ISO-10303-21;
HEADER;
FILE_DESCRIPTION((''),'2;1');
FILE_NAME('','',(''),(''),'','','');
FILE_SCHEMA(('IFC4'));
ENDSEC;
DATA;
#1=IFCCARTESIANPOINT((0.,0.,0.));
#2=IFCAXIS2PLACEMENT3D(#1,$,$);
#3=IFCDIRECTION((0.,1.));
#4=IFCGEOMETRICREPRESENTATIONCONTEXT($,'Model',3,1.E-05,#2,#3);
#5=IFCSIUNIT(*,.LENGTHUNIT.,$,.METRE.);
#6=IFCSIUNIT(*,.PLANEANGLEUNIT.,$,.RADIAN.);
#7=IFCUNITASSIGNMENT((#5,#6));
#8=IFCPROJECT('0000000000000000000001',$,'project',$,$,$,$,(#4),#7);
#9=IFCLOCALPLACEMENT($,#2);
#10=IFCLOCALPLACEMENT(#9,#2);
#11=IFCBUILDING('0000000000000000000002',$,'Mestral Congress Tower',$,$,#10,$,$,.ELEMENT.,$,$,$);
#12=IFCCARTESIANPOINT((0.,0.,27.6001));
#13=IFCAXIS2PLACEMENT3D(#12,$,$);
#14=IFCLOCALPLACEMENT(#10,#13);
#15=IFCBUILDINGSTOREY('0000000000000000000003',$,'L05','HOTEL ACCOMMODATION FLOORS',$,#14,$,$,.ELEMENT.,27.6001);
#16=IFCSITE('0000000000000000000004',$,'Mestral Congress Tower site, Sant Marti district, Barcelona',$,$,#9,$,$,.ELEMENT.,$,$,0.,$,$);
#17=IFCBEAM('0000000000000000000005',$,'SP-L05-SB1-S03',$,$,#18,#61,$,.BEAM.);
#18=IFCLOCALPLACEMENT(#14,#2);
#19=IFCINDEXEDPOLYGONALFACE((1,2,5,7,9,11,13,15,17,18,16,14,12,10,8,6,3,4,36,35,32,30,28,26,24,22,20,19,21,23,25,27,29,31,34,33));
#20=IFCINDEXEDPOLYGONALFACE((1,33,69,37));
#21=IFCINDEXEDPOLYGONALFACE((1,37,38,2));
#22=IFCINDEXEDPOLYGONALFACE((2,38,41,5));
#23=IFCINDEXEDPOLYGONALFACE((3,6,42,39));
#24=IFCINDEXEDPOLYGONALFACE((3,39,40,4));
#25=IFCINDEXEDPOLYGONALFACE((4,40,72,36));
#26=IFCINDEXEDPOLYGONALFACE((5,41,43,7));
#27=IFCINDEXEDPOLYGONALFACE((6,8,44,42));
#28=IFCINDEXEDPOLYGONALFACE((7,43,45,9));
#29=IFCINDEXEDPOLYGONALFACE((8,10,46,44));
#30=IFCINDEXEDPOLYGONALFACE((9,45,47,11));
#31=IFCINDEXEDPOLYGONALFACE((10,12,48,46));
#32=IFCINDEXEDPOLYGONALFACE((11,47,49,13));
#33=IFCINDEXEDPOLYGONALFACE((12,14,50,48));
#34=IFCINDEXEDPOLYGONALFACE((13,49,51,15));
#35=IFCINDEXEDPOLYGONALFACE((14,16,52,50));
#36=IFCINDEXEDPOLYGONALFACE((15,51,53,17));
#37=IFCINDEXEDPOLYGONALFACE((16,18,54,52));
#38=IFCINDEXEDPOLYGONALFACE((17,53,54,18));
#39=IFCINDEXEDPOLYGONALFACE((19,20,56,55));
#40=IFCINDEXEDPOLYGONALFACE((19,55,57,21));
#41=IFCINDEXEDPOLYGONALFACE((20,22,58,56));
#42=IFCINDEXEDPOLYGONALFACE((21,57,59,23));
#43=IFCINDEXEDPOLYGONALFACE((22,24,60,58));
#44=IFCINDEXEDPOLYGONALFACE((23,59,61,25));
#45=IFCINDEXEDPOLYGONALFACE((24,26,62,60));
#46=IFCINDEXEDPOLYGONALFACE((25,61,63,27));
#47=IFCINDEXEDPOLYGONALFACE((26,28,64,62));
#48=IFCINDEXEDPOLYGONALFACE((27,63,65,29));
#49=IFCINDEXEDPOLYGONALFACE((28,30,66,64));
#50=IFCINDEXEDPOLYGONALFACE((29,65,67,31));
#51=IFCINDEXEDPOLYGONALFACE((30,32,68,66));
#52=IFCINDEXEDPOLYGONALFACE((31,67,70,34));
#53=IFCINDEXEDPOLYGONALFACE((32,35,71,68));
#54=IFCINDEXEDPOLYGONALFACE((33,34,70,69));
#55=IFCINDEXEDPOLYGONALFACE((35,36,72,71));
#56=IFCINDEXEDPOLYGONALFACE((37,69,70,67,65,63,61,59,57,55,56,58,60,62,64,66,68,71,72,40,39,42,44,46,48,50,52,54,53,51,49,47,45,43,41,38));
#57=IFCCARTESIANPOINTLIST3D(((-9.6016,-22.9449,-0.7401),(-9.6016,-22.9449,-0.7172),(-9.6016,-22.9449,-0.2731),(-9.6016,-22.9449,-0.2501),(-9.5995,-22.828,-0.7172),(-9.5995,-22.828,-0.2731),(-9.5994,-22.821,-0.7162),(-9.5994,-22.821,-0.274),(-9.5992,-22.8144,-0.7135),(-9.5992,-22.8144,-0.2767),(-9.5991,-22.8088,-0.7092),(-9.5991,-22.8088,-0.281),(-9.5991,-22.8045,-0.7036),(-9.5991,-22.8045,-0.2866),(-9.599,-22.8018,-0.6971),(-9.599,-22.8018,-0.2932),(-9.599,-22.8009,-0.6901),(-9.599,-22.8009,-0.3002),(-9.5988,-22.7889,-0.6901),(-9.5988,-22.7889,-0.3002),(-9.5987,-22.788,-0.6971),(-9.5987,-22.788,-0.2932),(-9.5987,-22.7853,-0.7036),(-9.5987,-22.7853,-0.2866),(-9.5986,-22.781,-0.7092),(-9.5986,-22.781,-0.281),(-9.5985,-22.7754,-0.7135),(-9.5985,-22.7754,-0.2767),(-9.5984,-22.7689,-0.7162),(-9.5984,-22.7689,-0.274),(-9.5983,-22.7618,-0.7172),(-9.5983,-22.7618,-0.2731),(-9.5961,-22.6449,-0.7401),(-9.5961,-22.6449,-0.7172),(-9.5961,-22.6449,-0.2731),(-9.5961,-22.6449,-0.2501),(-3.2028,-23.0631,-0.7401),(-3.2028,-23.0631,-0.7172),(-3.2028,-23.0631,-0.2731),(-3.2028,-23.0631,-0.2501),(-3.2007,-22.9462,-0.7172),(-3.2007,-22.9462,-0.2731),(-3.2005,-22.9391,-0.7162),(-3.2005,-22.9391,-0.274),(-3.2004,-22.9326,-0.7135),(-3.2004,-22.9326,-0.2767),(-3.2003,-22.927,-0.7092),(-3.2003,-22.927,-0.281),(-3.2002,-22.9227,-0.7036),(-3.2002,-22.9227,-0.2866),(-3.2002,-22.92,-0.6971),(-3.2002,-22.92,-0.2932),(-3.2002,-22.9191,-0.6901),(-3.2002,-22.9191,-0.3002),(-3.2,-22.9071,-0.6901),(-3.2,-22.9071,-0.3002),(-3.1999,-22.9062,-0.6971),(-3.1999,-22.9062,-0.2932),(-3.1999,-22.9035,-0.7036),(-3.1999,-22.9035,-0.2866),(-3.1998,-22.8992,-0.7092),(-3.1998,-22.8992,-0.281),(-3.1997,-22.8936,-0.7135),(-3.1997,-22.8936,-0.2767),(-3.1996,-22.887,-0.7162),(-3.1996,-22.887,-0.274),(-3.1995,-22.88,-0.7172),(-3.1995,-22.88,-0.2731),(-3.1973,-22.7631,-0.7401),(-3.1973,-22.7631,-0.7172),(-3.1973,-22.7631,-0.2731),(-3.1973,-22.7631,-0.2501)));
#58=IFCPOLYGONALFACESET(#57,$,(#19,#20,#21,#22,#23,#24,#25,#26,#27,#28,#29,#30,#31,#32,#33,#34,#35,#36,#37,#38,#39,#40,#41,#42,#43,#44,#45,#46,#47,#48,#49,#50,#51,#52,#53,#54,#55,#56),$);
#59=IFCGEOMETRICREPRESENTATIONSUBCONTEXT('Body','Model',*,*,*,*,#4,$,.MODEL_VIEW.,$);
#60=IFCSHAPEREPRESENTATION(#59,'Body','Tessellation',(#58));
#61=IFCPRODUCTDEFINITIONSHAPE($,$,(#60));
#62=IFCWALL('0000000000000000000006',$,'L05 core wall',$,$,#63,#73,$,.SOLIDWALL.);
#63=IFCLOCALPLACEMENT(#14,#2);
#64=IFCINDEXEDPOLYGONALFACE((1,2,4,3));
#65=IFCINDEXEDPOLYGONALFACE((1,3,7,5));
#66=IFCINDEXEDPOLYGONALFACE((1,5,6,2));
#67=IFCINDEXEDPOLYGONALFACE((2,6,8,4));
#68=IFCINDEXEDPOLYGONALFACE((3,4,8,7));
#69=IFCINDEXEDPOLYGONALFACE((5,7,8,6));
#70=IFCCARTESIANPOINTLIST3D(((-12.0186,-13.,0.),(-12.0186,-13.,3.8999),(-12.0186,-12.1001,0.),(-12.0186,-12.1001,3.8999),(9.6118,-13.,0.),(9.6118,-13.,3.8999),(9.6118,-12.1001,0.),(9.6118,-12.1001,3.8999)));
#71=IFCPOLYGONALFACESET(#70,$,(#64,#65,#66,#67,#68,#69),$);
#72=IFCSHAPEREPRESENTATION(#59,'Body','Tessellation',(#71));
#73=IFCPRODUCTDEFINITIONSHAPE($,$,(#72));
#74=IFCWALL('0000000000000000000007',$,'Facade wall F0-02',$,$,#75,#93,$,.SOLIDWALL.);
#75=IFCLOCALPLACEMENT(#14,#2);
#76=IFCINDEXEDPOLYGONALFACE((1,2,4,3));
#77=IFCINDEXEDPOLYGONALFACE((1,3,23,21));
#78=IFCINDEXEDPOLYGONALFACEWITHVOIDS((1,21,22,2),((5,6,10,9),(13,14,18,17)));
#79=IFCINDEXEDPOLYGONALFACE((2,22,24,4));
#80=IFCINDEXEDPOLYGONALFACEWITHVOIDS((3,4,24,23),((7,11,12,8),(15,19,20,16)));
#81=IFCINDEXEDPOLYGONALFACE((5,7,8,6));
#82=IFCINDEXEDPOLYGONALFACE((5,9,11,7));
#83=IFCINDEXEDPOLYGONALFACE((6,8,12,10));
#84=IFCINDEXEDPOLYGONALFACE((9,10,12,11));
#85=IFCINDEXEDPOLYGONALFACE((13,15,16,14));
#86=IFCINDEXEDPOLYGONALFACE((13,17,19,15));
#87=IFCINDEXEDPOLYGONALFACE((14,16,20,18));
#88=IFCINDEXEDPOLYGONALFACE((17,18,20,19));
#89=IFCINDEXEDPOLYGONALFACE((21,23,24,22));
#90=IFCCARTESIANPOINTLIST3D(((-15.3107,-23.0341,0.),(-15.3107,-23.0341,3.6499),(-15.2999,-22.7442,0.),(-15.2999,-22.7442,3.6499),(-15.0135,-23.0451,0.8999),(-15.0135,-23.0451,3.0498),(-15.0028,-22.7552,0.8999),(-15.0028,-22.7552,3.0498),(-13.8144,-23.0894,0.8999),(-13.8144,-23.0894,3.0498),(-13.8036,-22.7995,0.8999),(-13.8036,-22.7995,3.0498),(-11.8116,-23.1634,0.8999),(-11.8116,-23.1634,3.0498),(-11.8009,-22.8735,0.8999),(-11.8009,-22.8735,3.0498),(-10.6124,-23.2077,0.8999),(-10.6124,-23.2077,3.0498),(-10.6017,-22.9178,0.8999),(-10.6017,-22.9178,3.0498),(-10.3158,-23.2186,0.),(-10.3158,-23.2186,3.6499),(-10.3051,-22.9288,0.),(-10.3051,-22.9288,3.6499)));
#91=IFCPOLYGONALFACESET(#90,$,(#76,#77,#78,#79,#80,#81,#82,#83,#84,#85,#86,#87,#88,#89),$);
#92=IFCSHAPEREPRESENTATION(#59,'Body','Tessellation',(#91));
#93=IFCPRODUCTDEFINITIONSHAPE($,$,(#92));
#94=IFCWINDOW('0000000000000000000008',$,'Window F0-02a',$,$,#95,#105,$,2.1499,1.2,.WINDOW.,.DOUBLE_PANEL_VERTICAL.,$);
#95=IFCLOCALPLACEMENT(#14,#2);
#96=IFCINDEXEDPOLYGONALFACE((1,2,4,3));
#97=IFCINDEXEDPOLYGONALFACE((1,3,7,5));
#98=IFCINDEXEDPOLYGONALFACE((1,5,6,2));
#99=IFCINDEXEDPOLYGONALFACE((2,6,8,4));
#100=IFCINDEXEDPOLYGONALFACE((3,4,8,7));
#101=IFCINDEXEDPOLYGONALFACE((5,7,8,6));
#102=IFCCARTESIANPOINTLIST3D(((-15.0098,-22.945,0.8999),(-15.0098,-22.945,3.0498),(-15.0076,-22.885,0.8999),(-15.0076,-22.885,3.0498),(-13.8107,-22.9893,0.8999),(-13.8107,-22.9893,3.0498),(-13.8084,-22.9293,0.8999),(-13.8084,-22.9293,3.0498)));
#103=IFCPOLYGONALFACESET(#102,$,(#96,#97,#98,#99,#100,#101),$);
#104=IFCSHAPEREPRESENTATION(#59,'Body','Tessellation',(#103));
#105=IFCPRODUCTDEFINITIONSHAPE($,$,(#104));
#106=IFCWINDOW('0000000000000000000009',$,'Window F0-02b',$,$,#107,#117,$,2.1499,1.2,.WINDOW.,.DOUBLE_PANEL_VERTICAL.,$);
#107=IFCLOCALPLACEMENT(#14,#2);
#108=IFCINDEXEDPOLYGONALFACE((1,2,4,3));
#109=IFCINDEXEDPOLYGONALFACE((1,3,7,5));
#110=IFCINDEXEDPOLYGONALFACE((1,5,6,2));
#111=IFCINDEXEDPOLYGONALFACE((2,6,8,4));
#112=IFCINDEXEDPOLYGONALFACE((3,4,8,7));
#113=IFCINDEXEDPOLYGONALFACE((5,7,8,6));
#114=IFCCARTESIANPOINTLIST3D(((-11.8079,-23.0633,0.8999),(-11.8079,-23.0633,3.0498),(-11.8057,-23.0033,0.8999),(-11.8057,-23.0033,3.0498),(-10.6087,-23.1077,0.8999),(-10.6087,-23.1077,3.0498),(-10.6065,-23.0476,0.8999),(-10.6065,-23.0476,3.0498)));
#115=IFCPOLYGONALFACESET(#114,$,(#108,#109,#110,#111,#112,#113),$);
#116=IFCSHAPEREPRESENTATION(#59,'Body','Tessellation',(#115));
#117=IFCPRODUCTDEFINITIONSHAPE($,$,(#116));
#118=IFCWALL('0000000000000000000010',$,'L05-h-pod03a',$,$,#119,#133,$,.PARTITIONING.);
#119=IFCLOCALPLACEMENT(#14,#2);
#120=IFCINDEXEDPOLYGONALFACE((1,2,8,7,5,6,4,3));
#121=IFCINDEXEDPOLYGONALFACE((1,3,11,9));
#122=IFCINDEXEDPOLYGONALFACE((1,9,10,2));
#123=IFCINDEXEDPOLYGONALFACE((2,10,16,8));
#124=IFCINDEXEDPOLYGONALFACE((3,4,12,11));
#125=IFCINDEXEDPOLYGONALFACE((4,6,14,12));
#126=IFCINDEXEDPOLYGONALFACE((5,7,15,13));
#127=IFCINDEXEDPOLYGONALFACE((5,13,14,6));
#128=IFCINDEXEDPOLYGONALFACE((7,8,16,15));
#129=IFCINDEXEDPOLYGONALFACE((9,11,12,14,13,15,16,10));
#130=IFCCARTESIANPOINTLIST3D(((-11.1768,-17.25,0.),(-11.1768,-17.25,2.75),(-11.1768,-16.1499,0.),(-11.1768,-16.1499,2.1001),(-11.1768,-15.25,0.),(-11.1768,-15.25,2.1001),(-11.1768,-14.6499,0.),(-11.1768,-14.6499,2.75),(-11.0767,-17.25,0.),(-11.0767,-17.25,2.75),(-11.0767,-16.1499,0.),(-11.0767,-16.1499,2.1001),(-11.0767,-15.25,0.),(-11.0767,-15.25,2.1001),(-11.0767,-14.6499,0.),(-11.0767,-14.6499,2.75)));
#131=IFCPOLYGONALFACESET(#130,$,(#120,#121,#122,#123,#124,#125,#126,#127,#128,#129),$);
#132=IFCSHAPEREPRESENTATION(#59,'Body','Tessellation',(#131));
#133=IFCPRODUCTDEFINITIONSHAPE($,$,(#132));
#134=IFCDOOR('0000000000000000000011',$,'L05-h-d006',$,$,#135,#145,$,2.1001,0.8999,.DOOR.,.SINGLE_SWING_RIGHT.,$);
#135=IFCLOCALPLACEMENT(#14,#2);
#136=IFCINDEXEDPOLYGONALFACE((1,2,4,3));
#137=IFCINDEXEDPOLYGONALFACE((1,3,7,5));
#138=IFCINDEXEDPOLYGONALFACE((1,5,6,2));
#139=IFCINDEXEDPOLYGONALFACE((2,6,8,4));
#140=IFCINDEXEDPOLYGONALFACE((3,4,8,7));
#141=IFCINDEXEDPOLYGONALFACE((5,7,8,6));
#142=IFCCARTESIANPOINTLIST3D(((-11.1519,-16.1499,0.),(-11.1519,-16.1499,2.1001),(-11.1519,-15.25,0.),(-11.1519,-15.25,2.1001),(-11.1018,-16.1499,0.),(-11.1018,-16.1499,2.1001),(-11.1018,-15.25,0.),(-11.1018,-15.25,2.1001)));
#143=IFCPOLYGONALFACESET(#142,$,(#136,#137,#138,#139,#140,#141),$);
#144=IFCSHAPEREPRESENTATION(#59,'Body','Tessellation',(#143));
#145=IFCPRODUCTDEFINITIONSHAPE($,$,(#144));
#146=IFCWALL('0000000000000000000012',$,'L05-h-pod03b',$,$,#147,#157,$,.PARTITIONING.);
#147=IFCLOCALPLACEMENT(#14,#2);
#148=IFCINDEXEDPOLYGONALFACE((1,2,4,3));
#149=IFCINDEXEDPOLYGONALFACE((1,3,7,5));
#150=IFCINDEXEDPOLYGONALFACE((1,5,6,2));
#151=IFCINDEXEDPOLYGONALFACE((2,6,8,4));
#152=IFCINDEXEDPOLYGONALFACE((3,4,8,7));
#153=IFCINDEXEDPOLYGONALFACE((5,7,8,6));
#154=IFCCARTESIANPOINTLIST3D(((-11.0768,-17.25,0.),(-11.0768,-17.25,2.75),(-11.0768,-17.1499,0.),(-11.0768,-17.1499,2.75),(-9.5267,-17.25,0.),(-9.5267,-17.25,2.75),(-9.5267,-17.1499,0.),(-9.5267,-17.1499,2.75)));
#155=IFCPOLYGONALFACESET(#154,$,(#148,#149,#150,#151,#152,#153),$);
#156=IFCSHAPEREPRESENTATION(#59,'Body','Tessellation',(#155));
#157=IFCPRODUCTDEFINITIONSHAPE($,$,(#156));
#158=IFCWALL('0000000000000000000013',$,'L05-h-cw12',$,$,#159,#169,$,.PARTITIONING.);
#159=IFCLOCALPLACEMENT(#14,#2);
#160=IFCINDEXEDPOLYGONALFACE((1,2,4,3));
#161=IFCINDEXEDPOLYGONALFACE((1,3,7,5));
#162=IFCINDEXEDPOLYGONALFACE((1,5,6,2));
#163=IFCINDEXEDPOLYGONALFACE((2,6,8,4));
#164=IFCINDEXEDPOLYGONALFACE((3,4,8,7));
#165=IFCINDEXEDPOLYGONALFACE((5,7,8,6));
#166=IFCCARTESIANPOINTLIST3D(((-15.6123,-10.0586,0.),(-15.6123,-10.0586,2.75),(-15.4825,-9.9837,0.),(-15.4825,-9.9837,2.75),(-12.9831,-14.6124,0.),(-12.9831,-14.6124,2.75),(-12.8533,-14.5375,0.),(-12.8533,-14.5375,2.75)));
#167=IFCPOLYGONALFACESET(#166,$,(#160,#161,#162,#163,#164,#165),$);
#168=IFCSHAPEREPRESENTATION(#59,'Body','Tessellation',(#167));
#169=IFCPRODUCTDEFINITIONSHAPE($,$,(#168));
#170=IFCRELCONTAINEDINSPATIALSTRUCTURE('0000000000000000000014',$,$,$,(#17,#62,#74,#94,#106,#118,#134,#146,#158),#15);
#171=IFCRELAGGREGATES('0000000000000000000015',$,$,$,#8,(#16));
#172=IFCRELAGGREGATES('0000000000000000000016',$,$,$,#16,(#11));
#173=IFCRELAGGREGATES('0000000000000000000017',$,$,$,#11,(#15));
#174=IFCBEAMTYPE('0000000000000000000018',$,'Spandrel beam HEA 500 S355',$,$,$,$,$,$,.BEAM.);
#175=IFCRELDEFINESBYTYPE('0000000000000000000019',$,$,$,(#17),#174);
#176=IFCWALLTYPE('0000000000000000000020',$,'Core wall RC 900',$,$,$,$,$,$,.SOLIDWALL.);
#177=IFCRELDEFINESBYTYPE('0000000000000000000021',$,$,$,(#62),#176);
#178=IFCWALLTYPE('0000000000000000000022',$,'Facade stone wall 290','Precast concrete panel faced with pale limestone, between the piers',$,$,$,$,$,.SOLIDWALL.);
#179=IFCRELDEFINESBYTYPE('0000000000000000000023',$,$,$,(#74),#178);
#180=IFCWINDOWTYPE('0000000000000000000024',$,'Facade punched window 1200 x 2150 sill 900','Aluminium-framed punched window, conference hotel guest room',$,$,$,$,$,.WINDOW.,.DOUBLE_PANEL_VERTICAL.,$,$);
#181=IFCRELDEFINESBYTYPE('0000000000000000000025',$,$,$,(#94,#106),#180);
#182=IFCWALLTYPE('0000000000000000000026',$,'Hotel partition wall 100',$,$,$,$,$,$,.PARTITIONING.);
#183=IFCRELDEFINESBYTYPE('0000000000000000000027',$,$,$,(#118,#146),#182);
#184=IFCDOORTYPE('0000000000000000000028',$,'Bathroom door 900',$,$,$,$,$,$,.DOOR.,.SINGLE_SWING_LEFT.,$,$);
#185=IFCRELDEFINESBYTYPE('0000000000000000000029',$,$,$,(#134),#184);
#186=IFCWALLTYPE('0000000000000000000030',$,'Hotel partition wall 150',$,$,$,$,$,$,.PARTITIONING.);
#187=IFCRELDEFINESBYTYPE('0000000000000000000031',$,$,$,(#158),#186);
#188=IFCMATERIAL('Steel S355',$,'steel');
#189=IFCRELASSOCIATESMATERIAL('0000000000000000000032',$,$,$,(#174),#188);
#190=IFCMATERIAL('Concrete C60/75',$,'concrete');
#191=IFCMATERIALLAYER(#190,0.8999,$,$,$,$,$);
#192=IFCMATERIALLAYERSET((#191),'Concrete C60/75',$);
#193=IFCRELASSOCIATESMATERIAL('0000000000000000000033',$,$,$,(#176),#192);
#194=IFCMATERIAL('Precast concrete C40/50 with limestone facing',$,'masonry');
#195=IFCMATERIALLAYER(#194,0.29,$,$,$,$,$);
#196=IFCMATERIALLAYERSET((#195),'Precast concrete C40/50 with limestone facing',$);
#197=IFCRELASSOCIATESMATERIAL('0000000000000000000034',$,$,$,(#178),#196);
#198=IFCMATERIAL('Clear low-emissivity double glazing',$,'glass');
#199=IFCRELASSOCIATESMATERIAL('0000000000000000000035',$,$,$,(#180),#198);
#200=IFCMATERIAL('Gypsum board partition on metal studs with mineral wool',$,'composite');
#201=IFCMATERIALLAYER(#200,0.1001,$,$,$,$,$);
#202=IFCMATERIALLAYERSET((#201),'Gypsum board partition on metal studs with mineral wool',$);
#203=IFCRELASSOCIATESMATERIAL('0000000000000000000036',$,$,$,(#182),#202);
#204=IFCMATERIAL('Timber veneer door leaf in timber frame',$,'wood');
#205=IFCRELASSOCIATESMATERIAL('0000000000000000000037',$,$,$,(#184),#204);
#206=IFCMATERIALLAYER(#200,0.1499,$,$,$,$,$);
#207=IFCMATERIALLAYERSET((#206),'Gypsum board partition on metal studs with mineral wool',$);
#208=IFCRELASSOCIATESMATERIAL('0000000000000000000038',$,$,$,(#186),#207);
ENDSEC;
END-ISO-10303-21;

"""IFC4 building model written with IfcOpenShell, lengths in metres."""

from ifc_helpers import new_model, si_unit, direction, frame, frame_2d, origin, origin_2d, place, context, subcontext, project, spatial, rectangle, i_section, extrude, material, layer, layer_set, material_profile, profile_set, type_object, element, fill, save


model = new_model("IFC4")

# Units and contexts
model_context = context("Model", 3, precision=1e-05, world=origin(), true_north=direction((0.0, 1.0)))
body_context = subcontext(model_context, "Body", "Model", "MODEL_VIEW")
ifc_project = project(units=[si_unit("LENGTHUNIT", "METRE"), si_unit("PLANEANGLEUNIT", "RADIAN")], contexts=[model_context])

# Site, building, storey
site_placement = place(None, origin())
site = spatial("IfcSite", under=ifc_project, at=site_placement, Name="Mestral Congress Tower site, Sant Marti district, Barcelona", CompositionType="ELEMENT", RefElevation=0.0)
building_placement = place(site_placement, origin())
building = spatial("IfcBuilding", under=site, at=building_placement, Name="Mestral Congress Tower", CompositionType="ELEMENT")
storey_placement = place(building_placement, frame((0.0, 0.0, 27.6001)))
storey = spatial("IfcBuildingStorey", under=building, at=storey_placement, Name="L05", Description="HOTEL ACCOMMODATION FLOORS", CompositionType="ELEMENT", Elevation=27.6001)

# Beam
ifc_material_1 = material(Name="Steel S355", Category="steel")
ifc_material_profile_1 = material_profile(ifc_material_1, i_section(OverallWidth=0.3, OverallDepth=0.49, WebThickness=0.012, FlangeThickness=0.0229, FilletRadius=0.0271, at=origin_2d()), Name="HEA 500")
ifc_profile_set_1 = profile_set([ifc_material_profile_1], Name="Steel S355")
beam_type_1 = type_object("IfcBeamType", Name="Spandrel beam HEA 500 S355", PredefinedType="BEAM", material=ifc_profile_set_1)
for number, where, z_axis, x_axis, name in (
    (1, (-9.5989, -22.7949, -0.4951), (0.99983, -0.018463, 0.0), (0.018463, 0.99983, 0.0), "SP-L05-SB1-S03"),
):
    element("IfcBeam", number, at=place(storey_placement, frame(where, z_axis=z_axis, x_axis=x_axis)), inside=storey, type_object=beam_type_1, Name=name, PredefinedType="BEAM", context=body_context, shape_type="SweptSolid", body=[
        extrude(i_section(OverallWidth=0.3, OverallDepth=0.49, WebThickness=0.012, FlangeThickness=0.0229, FilletRadius=0.0271, at=origin_2d()), origin(), (0.0, 0.0, 1.0), 6.3999),
    ])

# Wall
ifc_material_2 = material(Name="Concrete C60/75", Category="concrete")
ifc_layer_1 = layer(ifc_material_2, 0.8999)
ifc_layer_set_1 = layer_set([ifc_layer_1], Name="Concrete C60/75")
wall_type_1 = type_object("IfcWallType", Name="Core wall RC 900", PredefinedType="SOLIDWALL", material=ifc_layer_set_1)
wall_1_placement = place(storey_placement, frame((-12.0186, -12.55, 0.0), z_axis=(0.0, 0.0, 1.0), x_axis=(1.0, 0.0, 0.0)))
element("IfcWall", 2, at=wall_1_placement, inside=storey, type_object=wall_type_1, Name="L05 core wall", PredefinedType="SOLIDWALL", context=body_context, shape_type="SweptSolid", body=[
    extrude(rectangle(XDim=21.6304, YDim=0.8999, at=frame_2d((10.8152, 0.0))), origin(), (0.0, 0.0, 1.0), 3.8999),
])

# Wall, openings, windows
ifc_material_3 = material(Name="Precast concrete C40/50 with limestone facing", Category="masonry")
ifc_layer_2 = layer(ifc_material_3, 0.29)
ifc_layer_set_2 = layer_set([ifc_layer_2], Name="Precast concrete C40/50 with limestone facing")
wall_type_2 = type_object("IfcWallType", Name="Facade stone wall 290", Description="Precast concrete panel faced with pale limestone, between the piers", PredefinedType="SOLIDWALL", material=ifc_layer_set_2)
wall_2_placement = place(storey_placement, frame((-15.3052, -22.8892, 0.0), z_axis=(0.0, 0.0, 1.0), x_axis=(0.999318, -0.036927, 0.0)))
wall_2 = element("IfcWall", 3, at=wall_2_placement, inside=storey, type_object=wall_type_2, Name="Facade wall F0-02", PredefinedType="SOLIDWALL", context=body_context, shape_type="SweptSolid", body=[
    extrude(rectangle(XDim=4.9983, YDim=0.29, at=frame_2d((2.499, 0.0))), origin(), (0.0, 0.0, 1.0), 3.6499),
])
opening_1_placement = place(wall_2_placement, frame((0.2971, 0.0, 0.8999)))
opening_1 = element("IfcOpeningElement", 4, at=opening_1_placement, cuts=wall_2, PredefinedType="OPENING", context=body_context, shape_type="SweptSolid", body=[
    extrude(rectangle(XDim=1.2, YDim=2.1499, at=frame_2d((0.6001, 1.075))), frame((0.0, 0.155, 0.0), z_axis=(0.0, -1.0, 0.0), x_axis=(1.0, 0.0, 0.0)), (0.0, 0.0, 1.0), 0.3101),
])
opening_2_placement = place(wall_2_placement, frame((3.5012, 0.0, 0.8999)))
opening_2 = element("IfcOpeningElement", 5, at=opening_2_placement, cuts=wall_2, PredefinedType="OPENING", context=body_context, shape_type="SweptSolid", body=[
    extrude(rectangle(XDim=1.2, YDim=2.1499, at=frame_2d((0.6001, 1.075))), frame((0.0, 0.155, 0.0), z_axis=(0.0, -1.0, 0.0), x_axis=(1.0, 0.0, 0.0)), (0.0, 0.0, 1.0), 0.3101),
])
ifc_material_4 = material(Name="Clear low-emissivity double glazing", Category="glass")
window_type = type_object("IfcWindowType", Name="Facade punched window 1200 x 2150 sill 900", Description="Aluminium-framed punched window, conference hotel guest room", PartitioningType="DOUBLE_PANEL_VERTICAL", PredefinedType="WINDOW", material=ifc_material_4)
window_1_placement = place(opening_1_placement, origin())
window_1 = element("IfcWindow", 6, at=window_1_placement, inside=storey, type_object=window_type, Name="Window F0-02a", OverallHeight=2.1499, OverallWidth=1.2, PartitioningType="DOUBLE_PANEL_VERTICAL", PredefinedType="WINDOW", context=body_context, shape_type="SweptSolid", body=[
    extrude(rectangle(XDim=1.2, YDim=2.1499, at=frame_2d((0.6001, 1.075))), frame((0.0, 0.0151, 0.0), z_axis=(0.0, -1.0, 0.0), x_axis=(1.0, 0.0, 0.0)), (0.0, 0.0, 1.0), 0.0601),
])
fill(opening_1, window_1)
window_2_placement = place(opening_2_placement, origin())
window_2 = element("IfcWindow", 7, at=window_2_placement, inside=storey, type_object=window_type, Name="Window F0-02b", OverallHeight=2.1499, OverallWidth=1.2, PartitioningType="DOUBLE_PANEL_VERTICAL", PredefinedType="WINDOW", context=body_context, shape_type="SweptSolid", body=[
    extrude(rectangle(XDim=1.2, YDim=2.1499, at=frame_2d((0.6001, 1.075))), frame((0.0, 0.0151, 0.0), z_axis=(0.0, -1.0, 0.0), x_axis=(1.0, 0.0, 0.0)), (0.0, 0.0, 1.0), 0.0601),
])
fill(opening_2, window_2)

# Wall, opening, door
ifc_material_5 = material(Name="Gypsum board partition on metal studs with mineral wool", Category="composite")
ifc_layer_3 = layer(ifc_material_5, 0.1001)
ifc_layer_set_3 = layer_set([ifc_layer_3], Name="Gypsum board partition on metal studs with mineral wool")
wall_type_3 = type_object("IfcWallType", Name="Hotel partition wall 100", PredefinedType="PARTITIONING", material=ifc_layer_set_3)
wall_3_placement = place(storey_placement, frame((-11.1267, -14.6499, 0.0), z_axis=(0.0, 0.0, 1.0), x_axis=(0.0, -1.0, 0.0)))
wall_3 = element("IfcWall", 8, at=wall_3_placement, inside=storey, type_object=wall_type_3, Name="L05-h-pod03a", PredefinedType="PARTITIONING", context=body_context, shape_type="SweptSolid", body=[
    extrude(rectangle(XDim=2.6001, YDim=0.1001, at=frame_2d((1.3, 0.0))), origin(), (0.0, 0.0, 1.0), 2.75),
])
opening_3_placement = place(wall_3_placement, frame((0.6001, 0.0, 0.0)))
opening_3 = element("IfcOpeningElement", 9, at=opening_3_placement, cuts=wall_3, PredefinedType="OPENING", context=body_context, shape_type="SweptSolid", body=[
    extrude(rectangle(XDim=0.8999, YDim=2.1001, at=frame_2d((0.45, 1.05))), frame((0.0, 0.0601, 0.0), z_axis=(0.0, -1.0, 0.0), x_axis=(1.0, 0.0, 0.0)), (0.0, 0.0, 1.0), 0.1201),
])
ifc_material_6 = material(Name="Timber veneer door leaf in timber frame", Category="wood")
door_type = type_object("IfcDoorType", Name="Bathroom door 900", OperationType="SINGLE_SWING_LEFT", PredefinedType="DOOR", material=ifc_material_6)
door_placement = place(opening_3_placement, origin())
door = element("IfcDoor", 10, at=door_placement, inside=storey, type_object=door_type, Name="L05-h-d006", OperationType="SINGLE_SWING_RIGHT", OverallHeight=2.1001, OverallWidth=0.8999, PredefinedType="DOOR", context=body_context, shape_type="SweptSolid", body=[
    extrude(rectangle(XDim=0.8999, YDim=2.1001, at=frame_2d((0.45, 1.05))), frame((0.0, 0.0249, 0.0), z_axis=(0.0, -1.0, 0.0), x_axis=(1.0, 0.0, 0.0)), (0.0, 0.0, 1.0), 0.05),
])
fill(opening_3, door)

# Walls
wall_4_placement = place(storey_placement, frame((-11.0767, -17.2, 0.0), z_axis=(0.0, 0.0, 1.0), x_axis=(1.0, 0.0, 0.0)))
element("IfcWall", 11, at=wall_4_placement, inside=storey, type_object=wall_type_3, Name="L05-h-pod03b", PredefinedType="PARTITIONING", context=body_context, shape_type="SweptSolid", body=[
    extrude(rectangle(XDim=1.55, YDim=0.1001, at=frame_2d((0.7749, 0.0))), origin(), (0.0, 0.0, 1.0), 2.75),
])
ifc_layer_4 = layer(ifc_material_5, 0.1499)
ifc_layer_set_4 = layer_set([ifc_layer_4], Name="Gypsum board partition on metal studs with mineral wool")
wall_type_4 = type_object("IfcWallType", Name="Hotel partition wall 150", PredefinedType="PARTITIONING", material=ifc_layer_set_4)
wall_5_placement = place(storey_placement, frame((-12.9182, -14.575, 0.0), z_axis=(0.0, 0.0, 1.0), x_axis=(-0.500009, 0.86602, 0.0)))
element("IfcWall", 12, at=wall_5_placement, inside=storey, type_object=wall_type_4, Name="L05-h-cw12", PredefinedType="PARTITIONING", context=body_context, shape_type="SweptSolid", body=[
    extrude(rectangle(XDim=5.2583, YDim=0.1499, at=frame_2d((2.6292, 0.0))), origin(), (0.0, 0.0, 1.0), 2.75),
])

save(model, "model.ifc")
